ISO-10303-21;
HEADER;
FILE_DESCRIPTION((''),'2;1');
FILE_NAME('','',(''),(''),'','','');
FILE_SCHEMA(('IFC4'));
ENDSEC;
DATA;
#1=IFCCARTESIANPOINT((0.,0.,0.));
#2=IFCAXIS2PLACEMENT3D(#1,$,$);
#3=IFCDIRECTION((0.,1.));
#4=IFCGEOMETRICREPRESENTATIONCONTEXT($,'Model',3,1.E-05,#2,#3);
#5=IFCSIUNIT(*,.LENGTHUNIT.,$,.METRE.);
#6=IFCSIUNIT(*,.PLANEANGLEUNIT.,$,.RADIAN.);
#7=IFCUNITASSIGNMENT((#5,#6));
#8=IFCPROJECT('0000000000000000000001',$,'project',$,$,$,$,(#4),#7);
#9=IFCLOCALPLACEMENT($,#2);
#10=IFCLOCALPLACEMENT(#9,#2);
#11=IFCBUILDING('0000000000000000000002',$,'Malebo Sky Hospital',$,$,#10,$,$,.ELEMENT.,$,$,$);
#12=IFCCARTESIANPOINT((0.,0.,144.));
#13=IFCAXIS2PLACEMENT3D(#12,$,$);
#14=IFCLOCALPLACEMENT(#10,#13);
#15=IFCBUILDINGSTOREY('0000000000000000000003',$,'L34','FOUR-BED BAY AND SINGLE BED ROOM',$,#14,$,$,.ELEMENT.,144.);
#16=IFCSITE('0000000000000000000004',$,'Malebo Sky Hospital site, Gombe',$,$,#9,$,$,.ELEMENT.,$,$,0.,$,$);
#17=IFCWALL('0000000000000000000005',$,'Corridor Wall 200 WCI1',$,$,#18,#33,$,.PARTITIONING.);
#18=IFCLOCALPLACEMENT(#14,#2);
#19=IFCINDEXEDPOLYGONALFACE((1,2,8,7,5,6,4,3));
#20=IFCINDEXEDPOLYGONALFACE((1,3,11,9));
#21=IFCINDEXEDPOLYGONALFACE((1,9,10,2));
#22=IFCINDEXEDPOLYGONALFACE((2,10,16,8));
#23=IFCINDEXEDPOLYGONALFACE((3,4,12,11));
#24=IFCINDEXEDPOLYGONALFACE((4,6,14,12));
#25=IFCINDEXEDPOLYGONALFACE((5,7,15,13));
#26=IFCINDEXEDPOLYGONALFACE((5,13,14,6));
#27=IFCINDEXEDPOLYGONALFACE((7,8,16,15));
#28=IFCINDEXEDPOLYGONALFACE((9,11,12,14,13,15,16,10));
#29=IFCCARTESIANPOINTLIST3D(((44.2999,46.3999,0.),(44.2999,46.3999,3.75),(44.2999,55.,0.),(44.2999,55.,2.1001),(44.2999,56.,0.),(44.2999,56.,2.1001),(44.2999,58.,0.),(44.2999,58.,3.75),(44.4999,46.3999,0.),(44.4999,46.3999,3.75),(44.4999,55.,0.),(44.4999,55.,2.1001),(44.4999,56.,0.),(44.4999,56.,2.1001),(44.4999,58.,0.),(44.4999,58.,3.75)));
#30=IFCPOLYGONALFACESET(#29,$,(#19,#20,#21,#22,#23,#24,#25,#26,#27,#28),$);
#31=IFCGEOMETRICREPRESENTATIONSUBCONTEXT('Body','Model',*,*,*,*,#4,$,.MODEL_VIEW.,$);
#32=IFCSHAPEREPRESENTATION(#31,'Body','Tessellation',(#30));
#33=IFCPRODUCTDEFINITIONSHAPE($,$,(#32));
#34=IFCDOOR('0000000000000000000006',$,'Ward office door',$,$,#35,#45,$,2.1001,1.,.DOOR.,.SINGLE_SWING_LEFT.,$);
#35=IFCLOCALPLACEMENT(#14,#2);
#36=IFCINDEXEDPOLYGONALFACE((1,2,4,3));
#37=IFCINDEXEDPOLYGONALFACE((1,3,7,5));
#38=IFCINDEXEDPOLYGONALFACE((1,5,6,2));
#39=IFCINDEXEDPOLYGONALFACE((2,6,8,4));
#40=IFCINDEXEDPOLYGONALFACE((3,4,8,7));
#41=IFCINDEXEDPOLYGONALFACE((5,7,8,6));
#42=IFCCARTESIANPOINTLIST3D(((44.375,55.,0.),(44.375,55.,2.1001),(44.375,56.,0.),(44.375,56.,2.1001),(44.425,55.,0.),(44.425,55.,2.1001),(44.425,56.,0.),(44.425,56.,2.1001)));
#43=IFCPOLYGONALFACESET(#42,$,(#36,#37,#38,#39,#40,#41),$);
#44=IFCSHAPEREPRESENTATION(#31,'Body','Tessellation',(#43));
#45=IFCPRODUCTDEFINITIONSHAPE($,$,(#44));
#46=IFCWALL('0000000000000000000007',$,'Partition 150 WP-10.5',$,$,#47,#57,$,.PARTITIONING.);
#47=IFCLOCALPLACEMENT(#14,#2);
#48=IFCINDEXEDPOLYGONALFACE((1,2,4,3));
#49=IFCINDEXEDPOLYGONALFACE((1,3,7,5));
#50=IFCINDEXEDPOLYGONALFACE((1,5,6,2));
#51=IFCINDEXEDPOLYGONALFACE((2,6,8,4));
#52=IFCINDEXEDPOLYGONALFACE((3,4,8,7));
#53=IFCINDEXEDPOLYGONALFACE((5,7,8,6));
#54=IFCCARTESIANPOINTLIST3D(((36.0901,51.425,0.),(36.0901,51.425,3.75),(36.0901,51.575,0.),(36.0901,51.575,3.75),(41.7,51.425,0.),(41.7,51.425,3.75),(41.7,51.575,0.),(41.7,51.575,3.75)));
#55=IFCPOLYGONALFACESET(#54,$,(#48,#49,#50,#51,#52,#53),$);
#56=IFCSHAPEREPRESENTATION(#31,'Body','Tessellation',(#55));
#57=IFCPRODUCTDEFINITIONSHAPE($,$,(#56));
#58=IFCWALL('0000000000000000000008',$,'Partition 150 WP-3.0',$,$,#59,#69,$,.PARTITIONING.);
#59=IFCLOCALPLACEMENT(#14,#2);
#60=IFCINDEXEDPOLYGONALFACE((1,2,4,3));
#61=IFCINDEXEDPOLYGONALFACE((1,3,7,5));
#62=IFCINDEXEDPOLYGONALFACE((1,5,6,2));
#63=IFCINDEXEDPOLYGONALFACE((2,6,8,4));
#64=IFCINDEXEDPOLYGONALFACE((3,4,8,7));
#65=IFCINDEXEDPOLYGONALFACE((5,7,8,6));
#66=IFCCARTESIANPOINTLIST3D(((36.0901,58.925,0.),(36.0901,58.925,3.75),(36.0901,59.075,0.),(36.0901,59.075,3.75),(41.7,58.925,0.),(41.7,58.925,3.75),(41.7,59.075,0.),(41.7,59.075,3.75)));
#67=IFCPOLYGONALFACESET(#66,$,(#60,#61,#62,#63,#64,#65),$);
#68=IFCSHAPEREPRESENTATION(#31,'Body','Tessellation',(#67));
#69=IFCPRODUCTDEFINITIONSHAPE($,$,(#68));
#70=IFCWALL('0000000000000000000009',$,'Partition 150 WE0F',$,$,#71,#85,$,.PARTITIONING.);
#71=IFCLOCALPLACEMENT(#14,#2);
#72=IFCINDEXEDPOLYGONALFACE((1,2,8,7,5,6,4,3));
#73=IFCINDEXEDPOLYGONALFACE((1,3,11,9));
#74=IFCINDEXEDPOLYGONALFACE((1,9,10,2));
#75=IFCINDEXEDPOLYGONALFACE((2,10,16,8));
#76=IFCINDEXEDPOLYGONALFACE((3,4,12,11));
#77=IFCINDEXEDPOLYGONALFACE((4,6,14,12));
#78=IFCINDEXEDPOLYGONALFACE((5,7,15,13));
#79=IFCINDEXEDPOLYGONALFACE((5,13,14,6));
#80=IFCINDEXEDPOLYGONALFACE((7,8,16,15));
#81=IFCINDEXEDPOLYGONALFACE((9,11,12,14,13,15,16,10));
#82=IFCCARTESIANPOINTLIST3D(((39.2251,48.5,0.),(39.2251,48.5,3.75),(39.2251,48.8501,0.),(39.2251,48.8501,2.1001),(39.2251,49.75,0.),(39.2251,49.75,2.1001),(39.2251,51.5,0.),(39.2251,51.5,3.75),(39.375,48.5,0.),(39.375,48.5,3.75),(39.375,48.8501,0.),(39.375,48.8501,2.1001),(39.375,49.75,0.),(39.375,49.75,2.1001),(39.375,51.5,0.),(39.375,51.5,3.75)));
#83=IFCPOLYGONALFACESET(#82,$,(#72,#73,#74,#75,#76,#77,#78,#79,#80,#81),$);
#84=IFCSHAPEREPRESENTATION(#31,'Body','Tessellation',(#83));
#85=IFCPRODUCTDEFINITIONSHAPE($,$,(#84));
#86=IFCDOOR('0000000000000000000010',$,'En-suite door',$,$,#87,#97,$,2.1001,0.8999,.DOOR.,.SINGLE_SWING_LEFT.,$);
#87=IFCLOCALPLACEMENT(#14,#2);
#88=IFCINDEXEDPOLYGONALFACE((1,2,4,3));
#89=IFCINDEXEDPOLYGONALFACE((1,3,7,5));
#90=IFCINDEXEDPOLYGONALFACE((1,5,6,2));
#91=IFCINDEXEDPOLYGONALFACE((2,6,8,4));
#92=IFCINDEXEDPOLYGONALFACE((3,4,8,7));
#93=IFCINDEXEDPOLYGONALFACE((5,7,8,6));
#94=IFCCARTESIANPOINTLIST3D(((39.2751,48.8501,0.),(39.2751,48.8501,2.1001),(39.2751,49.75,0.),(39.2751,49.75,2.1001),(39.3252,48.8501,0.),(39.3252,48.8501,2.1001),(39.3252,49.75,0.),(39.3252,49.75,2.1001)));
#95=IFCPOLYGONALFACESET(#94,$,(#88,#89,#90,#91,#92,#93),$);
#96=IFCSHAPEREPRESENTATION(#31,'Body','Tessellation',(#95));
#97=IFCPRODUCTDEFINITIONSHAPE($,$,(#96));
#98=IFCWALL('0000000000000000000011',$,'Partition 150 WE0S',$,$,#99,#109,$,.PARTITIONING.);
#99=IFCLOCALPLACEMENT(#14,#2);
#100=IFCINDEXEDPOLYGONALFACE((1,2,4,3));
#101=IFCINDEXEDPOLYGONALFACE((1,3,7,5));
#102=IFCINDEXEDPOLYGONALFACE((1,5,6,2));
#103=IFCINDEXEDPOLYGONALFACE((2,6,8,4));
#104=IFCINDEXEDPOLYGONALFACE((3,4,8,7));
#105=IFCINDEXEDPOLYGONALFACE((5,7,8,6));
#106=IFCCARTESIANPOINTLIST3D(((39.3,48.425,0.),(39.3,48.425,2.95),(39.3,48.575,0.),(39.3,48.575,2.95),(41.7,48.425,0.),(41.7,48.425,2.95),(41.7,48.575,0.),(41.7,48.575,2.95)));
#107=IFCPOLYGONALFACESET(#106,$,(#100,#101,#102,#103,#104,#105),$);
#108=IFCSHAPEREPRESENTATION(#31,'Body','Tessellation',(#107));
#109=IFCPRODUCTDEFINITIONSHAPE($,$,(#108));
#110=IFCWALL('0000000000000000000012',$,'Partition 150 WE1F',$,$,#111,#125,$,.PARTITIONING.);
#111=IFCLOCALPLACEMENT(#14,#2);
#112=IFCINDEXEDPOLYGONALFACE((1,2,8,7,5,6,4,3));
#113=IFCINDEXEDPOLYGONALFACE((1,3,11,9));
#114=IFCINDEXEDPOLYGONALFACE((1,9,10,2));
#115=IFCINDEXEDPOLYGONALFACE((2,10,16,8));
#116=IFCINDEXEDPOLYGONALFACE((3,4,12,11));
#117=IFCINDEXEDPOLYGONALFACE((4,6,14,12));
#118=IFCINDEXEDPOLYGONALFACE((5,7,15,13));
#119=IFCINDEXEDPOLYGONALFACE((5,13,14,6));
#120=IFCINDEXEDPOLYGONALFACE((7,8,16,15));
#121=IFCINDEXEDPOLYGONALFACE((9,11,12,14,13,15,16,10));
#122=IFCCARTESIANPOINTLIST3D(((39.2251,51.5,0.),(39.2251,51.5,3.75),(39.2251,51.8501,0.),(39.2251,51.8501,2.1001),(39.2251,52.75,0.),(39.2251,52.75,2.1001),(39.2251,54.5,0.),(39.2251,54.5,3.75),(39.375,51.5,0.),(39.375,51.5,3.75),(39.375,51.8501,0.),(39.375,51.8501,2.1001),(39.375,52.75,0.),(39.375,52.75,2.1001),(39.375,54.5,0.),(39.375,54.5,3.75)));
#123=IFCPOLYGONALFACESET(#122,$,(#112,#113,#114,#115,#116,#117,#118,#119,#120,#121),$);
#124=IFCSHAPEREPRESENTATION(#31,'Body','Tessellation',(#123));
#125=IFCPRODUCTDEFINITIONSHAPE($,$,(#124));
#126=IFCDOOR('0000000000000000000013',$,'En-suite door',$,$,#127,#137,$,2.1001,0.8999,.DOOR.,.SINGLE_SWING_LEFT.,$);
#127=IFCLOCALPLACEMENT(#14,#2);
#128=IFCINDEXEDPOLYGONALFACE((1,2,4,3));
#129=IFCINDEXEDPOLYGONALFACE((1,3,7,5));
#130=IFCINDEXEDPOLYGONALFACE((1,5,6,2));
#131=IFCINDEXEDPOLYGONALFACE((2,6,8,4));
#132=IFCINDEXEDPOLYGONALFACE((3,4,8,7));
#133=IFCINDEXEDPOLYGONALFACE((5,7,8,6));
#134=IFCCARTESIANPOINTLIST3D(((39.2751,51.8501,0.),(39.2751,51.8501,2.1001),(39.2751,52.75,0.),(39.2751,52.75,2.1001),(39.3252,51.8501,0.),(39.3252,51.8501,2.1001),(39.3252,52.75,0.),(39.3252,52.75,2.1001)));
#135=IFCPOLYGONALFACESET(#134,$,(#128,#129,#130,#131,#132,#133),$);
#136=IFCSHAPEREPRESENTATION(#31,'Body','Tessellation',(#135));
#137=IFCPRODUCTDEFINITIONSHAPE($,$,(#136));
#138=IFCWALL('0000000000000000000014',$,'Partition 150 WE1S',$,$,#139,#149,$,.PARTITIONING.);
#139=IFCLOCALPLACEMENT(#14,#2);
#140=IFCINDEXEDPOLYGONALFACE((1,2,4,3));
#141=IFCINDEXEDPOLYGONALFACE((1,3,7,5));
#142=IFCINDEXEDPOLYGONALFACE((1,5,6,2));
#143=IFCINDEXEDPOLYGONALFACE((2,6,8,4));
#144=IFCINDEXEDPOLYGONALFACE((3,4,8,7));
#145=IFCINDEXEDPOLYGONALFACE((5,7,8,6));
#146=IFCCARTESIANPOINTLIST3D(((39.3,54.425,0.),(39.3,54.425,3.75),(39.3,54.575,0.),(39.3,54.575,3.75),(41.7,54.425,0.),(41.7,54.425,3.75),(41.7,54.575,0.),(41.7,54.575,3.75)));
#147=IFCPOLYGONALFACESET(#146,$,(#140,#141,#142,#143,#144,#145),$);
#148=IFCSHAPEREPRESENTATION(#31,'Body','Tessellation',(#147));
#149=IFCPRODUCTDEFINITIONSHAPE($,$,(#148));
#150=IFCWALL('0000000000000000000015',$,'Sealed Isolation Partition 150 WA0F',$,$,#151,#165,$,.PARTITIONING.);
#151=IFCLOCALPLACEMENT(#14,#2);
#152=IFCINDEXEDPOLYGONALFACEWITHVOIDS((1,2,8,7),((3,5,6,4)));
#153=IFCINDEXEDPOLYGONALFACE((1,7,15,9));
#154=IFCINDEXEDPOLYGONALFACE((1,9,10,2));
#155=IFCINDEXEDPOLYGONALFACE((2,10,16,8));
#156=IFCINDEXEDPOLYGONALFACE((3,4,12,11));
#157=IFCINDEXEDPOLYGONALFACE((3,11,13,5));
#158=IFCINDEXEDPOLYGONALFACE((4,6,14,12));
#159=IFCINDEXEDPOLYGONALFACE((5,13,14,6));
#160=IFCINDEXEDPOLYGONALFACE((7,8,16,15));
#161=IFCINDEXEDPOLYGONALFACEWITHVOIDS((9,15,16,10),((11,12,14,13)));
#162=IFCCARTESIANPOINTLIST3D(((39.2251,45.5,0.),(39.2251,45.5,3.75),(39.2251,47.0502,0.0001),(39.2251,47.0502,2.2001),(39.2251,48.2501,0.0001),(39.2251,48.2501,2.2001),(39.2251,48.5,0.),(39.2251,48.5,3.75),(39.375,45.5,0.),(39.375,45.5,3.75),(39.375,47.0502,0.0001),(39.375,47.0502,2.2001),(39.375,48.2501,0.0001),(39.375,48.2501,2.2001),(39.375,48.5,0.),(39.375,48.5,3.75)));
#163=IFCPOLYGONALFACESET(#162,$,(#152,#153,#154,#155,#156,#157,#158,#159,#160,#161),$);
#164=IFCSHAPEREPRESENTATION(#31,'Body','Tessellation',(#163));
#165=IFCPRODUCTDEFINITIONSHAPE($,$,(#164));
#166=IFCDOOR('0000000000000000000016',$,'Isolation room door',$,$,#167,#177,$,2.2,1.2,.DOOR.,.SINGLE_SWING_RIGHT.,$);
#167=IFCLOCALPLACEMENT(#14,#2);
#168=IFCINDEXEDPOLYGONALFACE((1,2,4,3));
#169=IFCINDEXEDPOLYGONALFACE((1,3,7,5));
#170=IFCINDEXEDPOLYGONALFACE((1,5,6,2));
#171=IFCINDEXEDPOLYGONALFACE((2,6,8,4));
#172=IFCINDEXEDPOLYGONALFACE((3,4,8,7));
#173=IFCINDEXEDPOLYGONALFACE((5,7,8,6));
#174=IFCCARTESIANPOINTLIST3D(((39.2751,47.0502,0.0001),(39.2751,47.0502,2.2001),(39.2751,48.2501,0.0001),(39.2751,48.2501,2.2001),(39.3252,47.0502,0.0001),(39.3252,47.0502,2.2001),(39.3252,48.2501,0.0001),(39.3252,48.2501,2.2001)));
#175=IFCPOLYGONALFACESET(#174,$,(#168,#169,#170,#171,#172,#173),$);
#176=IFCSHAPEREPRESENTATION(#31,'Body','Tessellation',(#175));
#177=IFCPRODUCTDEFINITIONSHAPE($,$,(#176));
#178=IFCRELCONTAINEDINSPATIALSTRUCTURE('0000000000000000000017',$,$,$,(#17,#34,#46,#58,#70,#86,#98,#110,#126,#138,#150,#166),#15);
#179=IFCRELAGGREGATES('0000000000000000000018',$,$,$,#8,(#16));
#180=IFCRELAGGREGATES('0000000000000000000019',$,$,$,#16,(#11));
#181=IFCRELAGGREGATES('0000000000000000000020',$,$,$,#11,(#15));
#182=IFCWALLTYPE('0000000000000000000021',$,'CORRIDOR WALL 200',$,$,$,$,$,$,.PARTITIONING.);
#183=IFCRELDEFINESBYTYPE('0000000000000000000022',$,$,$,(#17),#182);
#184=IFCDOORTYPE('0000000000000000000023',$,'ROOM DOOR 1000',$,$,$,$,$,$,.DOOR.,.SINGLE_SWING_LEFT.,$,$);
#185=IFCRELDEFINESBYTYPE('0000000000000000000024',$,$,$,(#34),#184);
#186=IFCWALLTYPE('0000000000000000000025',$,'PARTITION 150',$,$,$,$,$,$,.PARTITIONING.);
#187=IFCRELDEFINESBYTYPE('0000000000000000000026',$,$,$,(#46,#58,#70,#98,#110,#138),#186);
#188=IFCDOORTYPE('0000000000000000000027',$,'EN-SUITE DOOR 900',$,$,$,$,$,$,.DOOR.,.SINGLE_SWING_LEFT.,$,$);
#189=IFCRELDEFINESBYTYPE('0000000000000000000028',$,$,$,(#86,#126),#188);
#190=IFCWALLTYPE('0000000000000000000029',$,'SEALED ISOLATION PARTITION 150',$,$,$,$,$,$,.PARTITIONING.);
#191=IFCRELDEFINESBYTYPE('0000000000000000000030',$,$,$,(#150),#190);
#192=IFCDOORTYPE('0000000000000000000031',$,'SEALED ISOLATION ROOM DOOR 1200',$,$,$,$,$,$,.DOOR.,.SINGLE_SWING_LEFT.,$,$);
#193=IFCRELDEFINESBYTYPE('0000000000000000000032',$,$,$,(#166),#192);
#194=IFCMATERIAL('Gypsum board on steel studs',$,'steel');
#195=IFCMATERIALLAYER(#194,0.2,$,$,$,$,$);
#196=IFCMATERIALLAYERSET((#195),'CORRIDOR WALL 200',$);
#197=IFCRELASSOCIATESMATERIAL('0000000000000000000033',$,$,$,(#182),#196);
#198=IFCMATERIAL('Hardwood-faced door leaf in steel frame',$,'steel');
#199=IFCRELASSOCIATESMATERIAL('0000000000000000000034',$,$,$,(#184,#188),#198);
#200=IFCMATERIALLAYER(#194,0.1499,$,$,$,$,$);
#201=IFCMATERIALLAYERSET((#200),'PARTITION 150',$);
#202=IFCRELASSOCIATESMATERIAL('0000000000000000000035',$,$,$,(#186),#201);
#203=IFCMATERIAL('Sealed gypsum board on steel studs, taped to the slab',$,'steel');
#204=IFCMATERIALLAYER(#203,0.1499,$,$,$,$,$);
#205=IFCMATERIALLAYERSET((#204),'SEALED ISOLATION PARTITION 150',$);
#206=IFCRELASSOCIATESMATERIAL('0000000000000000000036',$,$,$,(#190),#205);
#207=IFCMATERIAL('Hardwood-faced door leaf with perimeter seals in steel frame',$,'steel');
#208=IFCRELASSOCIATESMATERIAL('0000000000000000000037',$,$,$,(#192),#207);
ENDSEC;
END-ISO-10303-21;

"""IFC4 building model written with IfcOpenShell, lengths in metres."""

from ifc_helpers import new_model, si_unit, direction, frame, frame_2d, origin, place, context, subcontext, project, spatial, rectangle, extrude, material, layer, layer_set, type_object, element, fill, save


model = new_model("IFC4")

# Units and contexts
model_context = context("Model", 3, precision=1e-05, world=origin(), true_north=direction((0.0, 1.0)))
body_context = subcontext(model_context, "Body", "Model", "MODEL_VIEW")
ifc_project = project(units=[si_unit("LENGTHUNIT", "METRE"), si_unit("PLANEANGLEUNIT", "RADIAN")], contexts=[model_context])

# Site, building, storey
site_placement = place(None, origin())
site = spatial("IfcSite", under=ifc_project, at=site_placement, Name="Malebo Sky Hospital site, Gombe", CompositionType="ELEMENT", RefElevation=0.0)
building_placement = place(site_placement, origin())
building = spatial("IfcBuilding", under=site, at=building_placement, Name="Malebo Sky Hospital", CompositionType="ELEMENT")
storey_placement = place(building_placement, frame((0.0, 0.0, 144.0)))
storey = spatial("IfcBuildingStorey", under=building, at=storey_placement, Name="L34", Description="FOUR-BED BAY AND SINGLE BED ROOM", CompositionType="ELEMENT", Elevation=144.0)

# Wall, opening, door
ifc_material_1 = material(Name="Gypsum board on steel studs", Category="steel")
ifc_layer_1 = layer(ifc_material_1, 0.2)
ifc_layer_set_1 = layer_set([ifc_layer_1], Name="CORRIDOR WALL 200")
wall_type_1 = type_object("IfcWallType", Name="CORRIDOR WALL 200", PredefinedType="PARTITIONING", material=ifc_layer_set_1)
wall_1_placement = place(storey_placement, frame((44.3999, 46.3999, 0.0), z_axis=(0.0, 0.0, 1.0), x_axis=(0.0, 1.0, 0.0)))
wall_1 = element("IfcWall", 1, at=wall_1_placement, inside=storey, type_object=wall_type_1, Name="Corridor Wall 200 WCI1", PredefinedType="PARTITIONING", context=body_context, shape_type="SweptSolid", body=[
    extrude(rectangle(XDim=11.6001, YDim=0.2, at=frame_2d((5.8, 0.0))), origin(), (0.0, 0.0, 1.0), 3.75),
])
opening_1_placement = place(wall_1_placement, frame((8.6001, 0.0, 0.0)))
opening_1 = element("IfcOpeningElement", 2, at=opening_1_placement, cuts=wall_1, PredefinedType="OPENING", context=body_context, shape_type="SweptSolid", body=[
    extrude(rectangle(XDim=1.0, YDim=2.1001, at=frame_2d((0.5, 1.05))), frame((0.0, 0.1099, 0.0), z_axis=(0.0, -1.0, 0.0), x_axis=(1.0, 0.0, 0.0)), (0.0, 0.0, 1.0), 0.22),
])
ifc_material_2 = material(Name="Hardwood-faced door leaf in steel frame", Category="steel")
door_type_1 = type_object("IfcDoorType", Name="ROOM DOOR 1000", OperationType="SINGLE_SWING_LEFT", PredefinedType="DOOR", material=ifc_material_2)
door_1_placement = place(opening_1_placement, origin())
door_1 = element("IfcDoor", 3, at=door_1_placement, inside=storey, type_object=door_type_1, Name="Ward office door", OperationType="SINGLE_SWING_LEFT", OverallHeight=2.1001, OverallWidth=1.0, PredefinedType="DOOR", context=body_context, shape_type="SweptSolid", body=[
    extrude(rectangle(XDim=1.0, YDim=2.1001, at=frame_2d((0.5, 1.05))), frame((0.0, 0.0249, 0.0), z_axis=(0.0, -1.0, 0.0), x_axis=(1.0, 0.0, 0.0)), (0.0, 0.0, 1.0), 0.05),
])
fill(opening_1, door_1)

# Walls
ifc_layer_2 = layer(ifc_material_1, 0.1499)
ifc_layer_set_2 = layer_set([ifc_layer_2], Name="PARTITION 150")
wall_type_2 = type_object("IfcWallType", Name="PARTITION 150", PredefinedType="PARTITIONING", material=ifc_layer_set_2)
for number, where, z_axis, x_axis, name in (
    (4, (41.7, 51.5, 0.0), (0.0, 0.0, 1.0), (-1.0, 0.0, 0.0), "Partition 150 WP-10.5"),
    (5, (41.7, 59.0, 0.0), (0.0, 0.0, 1.0), (-1.0, 0.0, 0.0), "Partition 150 WP-3.0"),
):
    element("IfcWall", number, at=place(storey_placement, frame(where, z_axis=z_axis, x_axis=x_axis)), inside=storey, type_object=wall_type_2, Name=name, PredefinedType="PARTITIONING", context=body_context, shape_type="SweptSolid", body=[
        extrude(rectangle(XDim=5.6099, YDim=0.1499, at=frame_2d((2.8049, 0.0))), origin(), (0.0, 0.0, 1.0), 3.75),
    ])

# Wall, opening, door
wall_2_placement = place(storey_placement, frame((39.3, 48.5, 0.0), z_axis=(0.0, 0.0, 1.0), x_axis=(0.0, 1.0, 0.0)))
wall_2 = element("IfcWall", 6, at=wall_2_placement, inside=storey, type_object=wall_type_2, Name="Partition 150 WE0F", PredefinedType="PARTITIONING", context=body_context, shape_type="SweptSolid", body=[
    extrude(rectangle(XDim=3.0, YDim=0.1499, at=frame_2d((1.5, 0.0))), origin(), (0.0, 0.0, 1.0), 3.75),
])
opening_2_placement = place(wall_2_placement, frame((0.3501, 0.0, 0.0)))
opening_2 = element("IfcOpeningElement", 7, at=opening_2_placement, cuts=wall_2, PredefinedType="OPENING", context=body_context, shape_type="SweptSolid", body=[
    extrude(rectangle(XDim=0.8999, YDim=2.1001, at=frame_2d((0.45, 1.05))), frame((0.0, 0.085, 0.0), z_axis=(0.0, -1.0, 0.0), x_axis=(1.0, 0.0, 0.0)), (0.0, 0.0, 1.0), 0.1699),
])
door_type_2 = type_object("IfcDoorType", Name="EN-SUITE DOOR 900", OperationType="SINGLE_SWING_LEFT", PredefinedType="DOOR", material=ifc_material_2)
door_2_placement = place(opening_2_placement, origin())
door_2 = element("IfcDoor", 8, at=door_2_placement, inside=storey, type_object=door_type_2, Name="En-suite door", OperationType="SINGLE_SWING_LEFT", OverallHeight=2.1001, OverallWidth=0.8999, PredefinedType="DOOR", context=body_context, shape_type="SweptSolid", body=[
    extrude(rectangle(XDim=0.8999, YDim=2.1001, at=frame_2d((0.45, 1.05))), frame((0.0, 0.0249, 0.0), z_axis=(0.0, -1.0, 0.0), x_axis=(1.0, 0.0, 0.0)), (0.0, 0.0, 1.0), 0.05),
])
fill(opening_2, door_2)

# Wall
wall_3_placement = place(storey_placement, frame((41.7, 48.5, 0.0), z_axis=(0.0, 0.0, 1.0), x_axis=(-1.0, 0.0, 0.0)))
element("IfcWall", 9, at=wall_3_placement, inside=storey, type_object=wall_type_2, Name="Partition 150 WE0S", PredefinedType="PARTITIONING", context=body_context, shape_type="SweptSolid", body=[
    extrude(rectangle(XDim=2.3999, YDim=0.1499, at=frame_2d((1.2, 0.0))), origin(), (0.0, 0.0, 1.0), 2.95),
])

# Wall, opening, door
wall_4_placement = place(storey_placement, frame((39.3, 51.5, 0.0), z_axis=(0.0, 0.0, 1.0), x_axis=(0.0, 1.0, 0.0)))
wall_4 = element("IfcWall", 10, at=wall_4_placement, inside=storey, type_object=wall_type_2, Name="Partition 150 WE1F", PredefinedType="PARTITIONING", context=body_context, shape_type="SweptSolid", body=[
    extrude(rectangle(XDim=3.0, YDim=0.1499, at=frame_2d((1.5, 0.0))), origin(), (0.0, 0.0, 1.0), 3.75),
])
opening_3_placement = place(wall_4_placement, frame((0.3501, 0.0, 0.0)))
opening_3 = element("IfcOpeningElement", 11, at=opening_3_placement, cuts=wall_4, PredefinedType="OPENING", context=body_context, shape_type="SweptSolid", body=[
    extrude(rectangle(XDim=0.8999, YDim=2.1001, at=frame_2d((0.45, 1.05))), frame((0.0, 0.085, 0.0), z_axis=(0.0, -1.0, 0.0), x_axis=(1.0, 0.0, 0.0)), (0.0, 0.0, 1.0), 0.1699),
])
door_3_placement = place(opening_3_placement, origin())
door_3 = element("IfcDoor", 12, at=door_3_placement, inside=storey, type_object=door_type_2, Name="En-suite door", OperationType="SINGLE_SWING_LEFT", OverallHeight=2.1001, OverallWidth=0.8999, PredefinedType="DOOR", context=body_context, shape_type="SweptSolid", body=[
    extrude(rectangle(XDim=0.8999, YDim=2.1001, at=frame_2d((0.45, 1.05))), frame((0.0, 0.0249, 0.0), z_axis=(0.0, -1.0, 0.0), x_axis=(1.0, 0.0, 0.0)), (0.0, 0.0, 1.0), 0.05),
])
fill(opening_3, door_3)

# Wall
wall_5_placement = place(storey_placement, frame((41.7, 54.5, 0.0), z_axis=(0.0, 0.0, 1.0), x_axis=(-1.0, 0.0, 0.0)))
element("IfcWall", 13, at=wall_5_placement, inside=storey, type_object=wall_type_2, Name="Partition 150 WE1S", PredefinedType="PARTITIONING", context=body_context, shape_type="SweptSolid", body=[
    extrude(rectangle(XDim=2.3999, YDim=0.1499, at=frame_2d((1.2, 0.0))), origin(), (0.0, 0.0, 1.0), 3.75),
])

# Wall, opening, door
ifc_material_3 = material(Name="Sealed gypsum board on steel studs, taped to the slab", Category="steel")
ifc_layer_3 = layer(ifc_material_3, 0.1499)
ifc_layer_set_3 = layer_set([ifc_layer_3], Name="SEALED ISOLATION PARTITION 150")
wall_type_3 = type_object("IfcWallType", Name="SEALED ISOLATION PARTITION 150", PredefinedType="PARTITIONING", material=ifc_layer_set_3)
wall_6_placement = place(storey_placement, frame((39.3, 45.5, 0.0), z_axis=(0.0, 0.0, 1.0), x_axis=(0.0, 1.0, 0.0)))
wall_6 = element("IfcWall", 14, at=wall_6_placement, inside=storey, type_object=wall_type_3, Name="Sealed Isolation Partition 150 WA0F", PredefinedType="PARTITIONING", context=body_context, shape_type="SweptSolid", body=[
    extrude(rectangle(XDim=3.0, YDim=0.1499, at=frame_2d((1.5, 0.0))), origin(), (0.0, 0.0, 1.0), 3.75),
])
opening_4_placement = place(wall_6_placement, frame((1.55, 0.0, 0.0)))
opening_4 = element("IfcOpeningElement", 15, at=opening_4_placement, cuts=wall_6, PredefinedType="OPENING", context=body_context, shape_type="SweptSolid", body=[
    extrude(rectangle(XDim=1.2, YDim=2.2, at=frame_2d((0.6001, 1.1001))), frame((0.0, 0.085, 0.0), z_axis=(0.0, -1.0, 0.0), x_axis=(1.0, 0.0, 0.0)), (0.0, 0.0, 1.0), 0.1699),
])
ifc_material_4 = material(Name="Hardwood-faced door leaf with perimeter seals in steel frame", Category="steel")
door_type_3 = type_object("IfcDoorType", Name="SEALED ISOLATION ROOM DOOR 1200", OperationType="SINGLE_SWING_LEFT", PredefinedType="DOOR", material=ifc_material_4)
door_4_placement = place(opening_4_placement, origin())
door_4 = element("IfcDoor", 16, at=door_4_placement, inside=storey, type_object=door_type_3, Name="Isolation room door", OperationType="SINGLE_SWING_RIGHT", OverallHeight=2.2, OverallWidth=1.2, PredefinedType="DOOR", context=body_context, shape_type="SweptSolid", body=[
    extrude(rectangle(XDim=1.2, YDim=2.2, at=frame_2d((0.6001, 1.1001))), frame((0.0, 0.0249, 0.0), z_axis=(0.0, -1.0, 0.0), x_axis=(1.0, 0.0, 0.0)), (0.0, 0.0, 1.0), 0.05),
])
fill(opening_4, door_4)

save(model, "model.ifc")
